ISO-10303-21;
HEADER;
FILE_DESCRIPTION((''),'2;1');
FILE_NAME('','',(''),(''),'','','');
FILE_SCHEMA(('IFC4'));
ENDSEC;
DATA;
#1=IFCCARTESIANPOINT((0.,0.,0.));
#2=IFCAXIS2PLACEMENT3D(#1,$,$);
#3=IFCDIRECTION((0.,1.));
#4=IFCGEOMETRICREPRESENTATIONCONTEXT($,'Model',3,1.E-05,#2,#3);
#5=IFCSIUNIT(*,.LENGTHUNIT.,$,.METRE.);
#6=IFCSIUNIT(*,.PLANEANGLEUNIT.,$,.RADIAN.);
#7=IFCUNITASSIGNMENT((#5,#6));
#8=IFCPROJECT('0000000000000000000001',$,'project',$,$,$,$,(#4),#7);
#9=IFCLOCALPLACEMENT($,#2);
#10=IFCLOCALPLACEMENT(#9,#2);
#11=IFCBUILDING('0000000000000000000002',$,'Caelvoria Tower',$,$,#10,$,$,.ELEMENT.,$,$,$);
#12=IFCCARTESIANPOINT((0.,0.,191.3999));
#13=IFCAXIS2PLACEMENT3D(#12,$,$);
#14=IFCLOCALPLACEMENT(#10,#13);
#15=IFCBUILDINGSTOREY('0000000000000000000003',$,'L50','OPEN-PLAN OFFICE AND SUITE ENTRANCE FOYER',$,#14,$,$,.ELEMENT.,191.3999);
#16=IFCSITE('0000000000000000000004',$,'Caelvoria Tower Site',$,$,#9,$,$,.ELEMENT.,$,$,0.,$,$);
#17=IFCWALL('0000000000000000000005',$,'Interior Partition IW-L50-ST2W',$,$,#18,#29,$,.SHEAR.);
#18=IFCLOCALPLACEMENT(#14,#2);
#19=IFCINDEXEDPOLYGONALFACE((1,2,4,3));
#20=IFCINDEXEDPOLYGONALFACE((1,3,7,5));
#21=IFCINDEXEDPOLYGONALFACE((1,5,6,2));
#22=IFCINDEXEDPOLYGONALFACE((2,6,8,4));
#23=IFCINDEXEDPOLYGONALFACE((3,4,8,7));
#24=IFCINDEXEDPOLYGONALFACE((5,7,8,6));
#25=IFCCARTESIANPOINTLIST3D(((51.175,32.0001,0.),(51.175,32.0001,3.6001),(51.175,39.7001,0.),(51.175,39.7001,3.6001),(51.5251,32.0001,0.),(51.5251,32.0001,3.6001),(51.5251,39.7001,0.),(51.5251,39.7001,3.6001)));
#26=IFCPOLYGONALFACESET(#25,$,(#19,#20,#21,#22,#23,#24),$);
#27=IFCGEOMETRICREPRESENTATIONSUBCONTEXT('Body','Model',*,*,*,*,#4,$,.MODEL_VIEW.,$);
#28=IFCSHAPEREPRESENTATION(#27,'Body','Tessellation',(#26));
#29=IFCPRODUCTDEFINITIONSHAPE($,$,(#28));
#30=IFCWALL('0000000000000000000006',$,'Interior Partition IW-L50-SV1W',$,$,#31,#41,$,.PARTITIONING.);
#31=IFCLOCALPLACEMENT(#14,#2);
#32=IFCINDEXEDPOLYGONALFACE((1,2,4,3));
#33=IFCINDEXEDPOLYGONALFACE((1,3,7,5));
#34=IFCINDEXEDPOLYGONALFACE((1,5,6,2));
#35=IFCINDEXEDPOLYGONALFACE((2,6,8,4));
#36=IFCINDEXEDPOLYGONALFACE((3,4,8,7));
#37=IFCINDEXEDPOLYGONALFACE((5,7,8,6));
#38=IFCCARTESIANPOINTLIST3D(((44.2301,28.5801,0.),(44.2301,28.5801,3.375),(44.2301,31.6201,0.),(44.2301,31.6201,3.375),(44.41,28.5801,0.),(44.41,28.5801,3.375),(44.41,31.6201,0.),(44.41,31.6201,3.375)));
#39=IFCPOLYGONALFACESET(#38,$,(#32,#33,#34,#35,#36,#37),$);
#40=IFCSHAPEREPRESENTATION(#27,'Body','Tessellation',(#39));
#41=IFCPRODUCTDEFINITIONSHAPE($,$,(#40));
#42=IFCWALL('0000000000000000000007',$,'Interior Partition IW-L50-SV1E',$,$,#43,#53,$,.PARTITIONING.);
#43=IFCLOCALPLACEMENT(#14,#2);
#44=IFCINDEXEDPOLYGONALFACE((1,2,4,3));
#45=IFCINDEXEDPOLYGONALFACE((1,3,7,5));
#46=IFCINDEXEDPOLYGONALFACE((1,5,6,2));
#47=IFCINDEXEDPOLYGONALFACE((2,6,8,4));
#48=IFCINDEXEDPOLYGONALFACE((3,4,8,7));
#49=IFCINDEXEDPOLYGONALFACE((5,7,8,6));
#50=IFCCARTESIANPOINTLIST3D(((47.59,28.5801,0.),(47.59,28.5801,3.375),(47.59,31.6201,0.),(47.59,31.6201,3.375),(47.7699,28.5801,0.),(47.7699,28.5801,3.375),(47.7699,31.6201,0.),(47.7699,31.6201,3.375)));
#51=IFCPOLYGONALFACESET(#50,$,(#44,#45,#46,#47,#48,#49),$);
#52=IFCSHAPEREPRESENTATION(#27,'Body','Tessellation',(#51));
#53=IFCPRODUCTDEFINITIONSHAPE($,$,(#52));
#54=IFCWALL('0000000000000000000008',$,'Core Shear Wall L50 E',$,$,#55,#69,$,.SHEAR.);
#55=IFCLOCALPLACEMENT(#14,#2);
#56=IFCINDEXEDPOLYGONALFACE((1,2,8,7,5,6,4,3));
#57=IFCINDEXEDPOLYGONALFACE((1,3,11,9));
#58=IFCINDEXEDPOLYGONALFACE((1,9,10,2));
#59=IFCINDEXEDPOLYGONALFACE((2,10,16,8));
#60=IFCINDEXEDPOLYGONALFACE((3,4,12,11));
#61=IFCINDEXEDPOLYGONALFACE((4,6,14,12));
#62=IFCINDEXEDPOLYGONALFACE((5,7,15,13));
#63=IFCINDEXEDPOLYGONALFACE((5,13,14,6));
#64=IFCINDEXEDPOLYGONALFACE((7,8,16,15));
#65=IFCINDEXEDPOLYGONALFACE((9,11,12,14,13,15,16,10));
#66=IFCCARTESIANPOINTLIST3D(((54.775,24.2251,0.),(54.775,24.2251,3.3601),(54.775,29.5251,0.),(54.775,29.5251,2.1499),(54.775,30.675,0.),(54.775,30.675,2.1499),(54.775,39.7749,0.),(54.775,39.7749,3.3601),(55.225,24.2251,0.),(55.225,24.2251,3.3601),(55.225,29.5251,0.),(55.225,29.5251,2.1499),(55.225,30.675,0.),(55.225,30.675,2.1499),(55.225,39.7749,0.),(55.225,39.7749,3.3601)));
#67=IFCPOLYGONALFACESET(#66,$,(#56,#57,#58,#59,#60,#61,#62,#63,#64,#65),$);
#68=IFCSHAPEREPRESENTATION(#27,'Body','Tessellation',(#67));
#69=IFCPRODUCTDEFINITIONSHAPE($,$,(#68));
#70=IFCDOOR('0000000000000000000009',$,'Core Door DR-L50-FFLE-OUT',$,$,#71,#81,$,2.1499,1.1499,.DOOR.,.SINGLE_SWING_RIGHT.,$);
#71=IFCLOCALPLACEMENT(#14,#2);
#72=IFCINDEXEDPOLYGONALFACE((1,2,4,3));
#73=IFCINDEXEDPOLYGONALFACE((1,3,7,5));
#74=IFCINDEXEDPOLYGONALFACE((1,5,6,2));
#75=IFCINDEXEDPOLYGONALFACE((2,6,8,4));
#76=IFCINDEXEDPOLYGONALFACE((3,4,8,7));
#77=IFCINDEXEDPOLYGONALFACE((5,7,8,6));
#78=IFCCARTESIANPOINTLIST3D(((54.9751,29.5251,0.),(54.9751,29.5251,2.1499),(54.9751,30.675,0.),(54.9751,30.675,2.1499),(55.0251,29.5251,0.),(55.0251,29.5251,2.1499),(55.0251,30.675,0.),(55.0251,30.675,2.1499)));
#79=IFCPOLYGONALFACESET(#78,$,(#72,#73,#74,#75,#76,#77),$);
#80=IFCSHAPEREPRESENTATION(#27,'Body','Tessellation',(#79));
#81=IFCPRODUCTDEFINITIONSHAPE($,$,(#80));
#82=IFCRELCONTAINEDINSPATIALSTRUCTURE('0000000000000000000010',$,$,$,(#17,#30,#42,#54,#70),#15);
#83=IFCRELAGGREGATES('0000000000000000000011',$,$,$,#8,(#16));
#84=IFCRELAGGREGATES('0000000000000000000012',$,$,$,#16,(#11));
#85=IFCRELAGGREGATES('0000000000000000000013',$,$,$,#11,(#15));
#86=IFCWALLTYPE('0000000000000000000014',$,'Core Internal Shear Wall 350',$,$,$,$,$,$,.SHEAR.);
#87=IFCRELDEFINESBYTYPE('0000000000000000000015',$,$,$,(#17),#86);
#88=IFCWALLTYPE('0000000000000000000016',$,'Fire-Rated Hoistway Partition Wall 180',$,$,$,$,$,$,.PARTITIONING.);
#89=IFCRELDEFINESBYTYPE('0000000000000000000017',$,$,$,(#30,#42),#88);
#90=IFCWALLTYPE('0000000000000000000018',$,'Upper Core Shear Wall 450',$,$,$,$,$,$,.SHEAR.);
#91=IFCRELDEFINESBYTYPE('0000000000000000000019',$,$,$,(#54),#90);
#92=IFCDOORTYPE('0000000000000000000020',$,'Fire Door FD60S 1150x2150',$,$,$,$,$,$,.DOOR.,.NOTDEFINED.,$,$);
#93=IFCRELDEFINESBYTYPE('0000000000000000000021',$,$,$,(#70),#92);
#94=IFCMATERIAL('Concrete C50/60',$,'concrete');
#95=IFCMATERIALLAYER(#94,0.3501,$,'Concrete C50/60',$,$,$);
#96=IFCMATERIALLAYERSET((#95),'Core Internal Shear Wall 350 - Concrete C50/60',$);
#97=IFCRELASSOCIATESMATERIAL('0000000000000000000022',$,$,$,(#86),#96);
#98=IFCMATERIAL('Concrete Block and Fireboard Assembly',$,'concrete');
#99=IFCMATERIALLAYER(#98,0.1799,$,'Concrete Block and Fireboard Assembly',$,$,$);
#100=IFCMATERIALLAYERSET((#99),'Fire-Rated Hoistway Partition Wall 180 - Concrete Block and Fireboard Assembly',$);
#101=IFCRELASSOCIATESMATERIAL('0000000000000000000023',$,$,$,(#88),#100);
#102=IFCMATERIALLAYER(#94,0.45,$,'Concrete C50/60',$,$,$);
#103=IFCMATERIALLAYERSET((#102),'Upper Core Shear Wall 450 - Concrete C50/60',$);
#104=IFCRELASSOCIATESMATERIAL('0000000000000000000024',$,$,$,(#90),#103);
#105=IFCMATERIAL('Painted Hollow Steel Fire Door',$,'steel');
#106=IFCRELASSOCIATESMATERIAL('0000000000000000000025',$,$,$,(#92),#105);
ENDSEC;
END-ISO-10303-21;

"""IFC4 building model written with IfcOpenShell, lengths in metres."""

from ifc_helpers import new_model, si_unit, direction, frame, frame_2d, origin, place, context, subcontext, project, spatial, rectangle, extrude, material, layer, layer_set, type_object, element, fill, save


model = new_model("IFC4")

# Units and contexts
model_context = context("Model", 3, precision=1e-05, world=origin(), true_north=direction((0.0, 1.0)))
body_context = subcontext(model_context, "Body", "Model", "MODEL_VIEW")
ifc_project = project(units=[si_unit("LENGTHUNIT", "METRE"), si_unit("PLANEANGLEUNIT", "RADIAN")], contexts=[model_context])

# Site, building, storey
site_placement = place(None, origin())
site = spatial("IfcSite", under=ifc_project, at=site_placement, Name="Caelvoria Tower Site", CompositionType="ELEMENT", RefElevation=0.0)
building_placement = place(site_placement, origin())
building = spatial("IfcBuilding", under=site, at=building_placement, Name="Caelvoria Tower", CompositionType="ELEMENT")
storey_placement = place(building_placement, frame((0.0, 0.0, 191.3999)))
storey = spatial("IfcBuildingStorey", under=building, at=storey_placement, Name="L50", Description="OPEN-PLAN OFFICE AND SUITE ENTRANCE FOYER", CompositionType="ELEMENT", Elevation=191.3999)

# Wall
ifc_material_1 = material(Name="Concrete C50/60", Category="concrete")
ifc_layer_1 = layer(ifc_material_1, 0.3501, Name="Concrete C50/60")
ifc_layer_set_1 = layer_set([ifc_layer_1], Name="Core Internal Shear Wall 350 - Concrete C50/60")
wall_type_1 = type_object("IfcWallType", Name="Core Internal Shear Wall 350", PredefinedType="SHEAR", material=ifc_layer_set_1)
wall_1_placement = place(storey_placement, frame((51.3501, 32.0, 0.0), z_axis=(0.0, 0.0, 1.0), x_axis=(0.0, 1.0, 0.0)))
element("IfcWall", 1, at=wall_1_placement, inside=storey, type_object=wall_type_1, Name="Interior Partition IW-L50-ST2W", PredefinedType="SHEAR", context=body_context, shape_type="SweptSolid", body=[
    extrude(rectangle(XDim=7.7, YDim=0.3501, at=frame_2d((3.8501, 0.0))), origin(), (0.0, 0.0, 1.0), 3.6001),
])

# Walls
ifc_material_2 = material(Name="Concrete Block and Fireboard Assembly", Category="concrete")
ifc_layer_2 = layer(ifc_material_2, 0.1799, Name="Concrete Block and Fireboard Assembly")
ifc_layer_set_2 = layer_set([ifc_layer_2], Name="Fire-Rated Hoistway Partition Wall 180 - Concrete Block and Fireboard Assembly")
wall_type_2 = type_object("IfcWallType", Name="Fire-Rated Hoistway Partition Wall 180", PredefinedType="PARTITIONING", material=ifc_layer_set_2)
for number, where, z_axis, x_axis, name in (
    (2, (44.3201, 28.5801, 0.0), (0.0, 0.0, 1.0), (0.0, 1.0, 0.0), "Interior Partition IW-L50-SV1W"),
    (3, (47.6799, 28.5801, 0.0), (0.0, 0.0, 1.0), (0.0, 1.0, 0.0), "Interior Partition IW-L50-SV1E"),
):
    element("IfcWall", number, at=place(storey_placement, frame(where, z_axis=z_axis, x_axis=x_axis)), inside=storey, type_object=wall_type_2, Name=name, PredefinedType="PARTITIONING", context=body_context, shape_type="SweptSolid", body=[
        extrude(rectangle(XDim=3.04, YDim=0.1799, at=frame_2d((1.52, 0.0))), origin(), (0.0, 0.0, 1.0), 3.375),
    ])

# Wall, opening, door
ifc_layer_3 = layer(ifc_material_1, 0.45, Name="Concrete C50/60")
ifc_layer_set_3 = layer_set([ifc_layer_3], Name="Upper Core Shear Wall 450 - Concrete C50/60")
wall_type_3 = type_object("IfcWallType", Name="Upper Core Shear Wall 450", PredefinedType="SHEAR", material=ifc_layer_set_3)
wall_2_placement = place(storey_placement, frame((55.0, 24.2251, 0.0), z_axis=(0.0, 0.0, 1.0), x_axis=(0.0, 1.0, 0.0)))
wall_2 = element("IfcWall", 4, at=wall_2_placement, inside=storey, type_object=wall_type_3, Name="Core Shear Wall L50 E", PredefinedType="SHEAR", context=body_context, shape_type="SweptSolid", body=[
    extrude(rectangle(XDim=15.5498, YDim=0.45, at=frame_2d((7.7749, 0.0))), origin(), (0.0, 0.0, 1.0), 3.3601),
])
opening_1_placement = place(wall_2_placement, frame((5.3, 0.0, 0.0)))
opening_1 = element("IfcOpeningElement", 5, at=opening_1_placement, cuts=wall_2, PredefinedType="OPENING", context=body_context, shape_type="SweptSolid", body=[
    extrude(rectangle(XDim=1.1499, YDim=2.1499, at=frame_2d((0.575, 1.075))), frame((0.0, 0.2349, 0.0), z_axis=(0.0, -1.0, 0.0), x_axis=(1.0, 0.0, 0.0)), (0.0, 0.0, 1.0), 0.47),
])
ifc_material_3 = material(Name="Painted Hollow Steel Fire Door", Category="steel")
door_type_1 = type_object("IfcDoorType", Name="Fire Door FD60S 1150x2150", OperationType="NOTDEFINED", PredefinedType="DOOR", material=ifc_material_3)
door_1_placement = place(opening_1_placement, origin())
door_1 = element("IfcDoor", 6, at=door_1_placement, inside=storey, type_object=door_type_1, Name="Core Door DR-L50-FFLE-OUT", OperationType="SINGLE_SWING_RIGHT", OverallHeight=2.1499, OverallWidth=1.1499, PredefinedType="DOOR", context=body_context, shape_type="SweptSolid", body=[
    extrude(rectangle(XDim=1.1499, YDim=2.1499, at=frame_2d((0.575, 1.075))), frame((0.0, 0.0249, 0.0), z_axis=(0.0, -1.0, 0.0), x_axis=(1.0, 0.0, 0.0)), (0.0, 0.0, 1.0), 0.05),
])
fill(opening_1, door_1)

save(model, "model.ifc")
